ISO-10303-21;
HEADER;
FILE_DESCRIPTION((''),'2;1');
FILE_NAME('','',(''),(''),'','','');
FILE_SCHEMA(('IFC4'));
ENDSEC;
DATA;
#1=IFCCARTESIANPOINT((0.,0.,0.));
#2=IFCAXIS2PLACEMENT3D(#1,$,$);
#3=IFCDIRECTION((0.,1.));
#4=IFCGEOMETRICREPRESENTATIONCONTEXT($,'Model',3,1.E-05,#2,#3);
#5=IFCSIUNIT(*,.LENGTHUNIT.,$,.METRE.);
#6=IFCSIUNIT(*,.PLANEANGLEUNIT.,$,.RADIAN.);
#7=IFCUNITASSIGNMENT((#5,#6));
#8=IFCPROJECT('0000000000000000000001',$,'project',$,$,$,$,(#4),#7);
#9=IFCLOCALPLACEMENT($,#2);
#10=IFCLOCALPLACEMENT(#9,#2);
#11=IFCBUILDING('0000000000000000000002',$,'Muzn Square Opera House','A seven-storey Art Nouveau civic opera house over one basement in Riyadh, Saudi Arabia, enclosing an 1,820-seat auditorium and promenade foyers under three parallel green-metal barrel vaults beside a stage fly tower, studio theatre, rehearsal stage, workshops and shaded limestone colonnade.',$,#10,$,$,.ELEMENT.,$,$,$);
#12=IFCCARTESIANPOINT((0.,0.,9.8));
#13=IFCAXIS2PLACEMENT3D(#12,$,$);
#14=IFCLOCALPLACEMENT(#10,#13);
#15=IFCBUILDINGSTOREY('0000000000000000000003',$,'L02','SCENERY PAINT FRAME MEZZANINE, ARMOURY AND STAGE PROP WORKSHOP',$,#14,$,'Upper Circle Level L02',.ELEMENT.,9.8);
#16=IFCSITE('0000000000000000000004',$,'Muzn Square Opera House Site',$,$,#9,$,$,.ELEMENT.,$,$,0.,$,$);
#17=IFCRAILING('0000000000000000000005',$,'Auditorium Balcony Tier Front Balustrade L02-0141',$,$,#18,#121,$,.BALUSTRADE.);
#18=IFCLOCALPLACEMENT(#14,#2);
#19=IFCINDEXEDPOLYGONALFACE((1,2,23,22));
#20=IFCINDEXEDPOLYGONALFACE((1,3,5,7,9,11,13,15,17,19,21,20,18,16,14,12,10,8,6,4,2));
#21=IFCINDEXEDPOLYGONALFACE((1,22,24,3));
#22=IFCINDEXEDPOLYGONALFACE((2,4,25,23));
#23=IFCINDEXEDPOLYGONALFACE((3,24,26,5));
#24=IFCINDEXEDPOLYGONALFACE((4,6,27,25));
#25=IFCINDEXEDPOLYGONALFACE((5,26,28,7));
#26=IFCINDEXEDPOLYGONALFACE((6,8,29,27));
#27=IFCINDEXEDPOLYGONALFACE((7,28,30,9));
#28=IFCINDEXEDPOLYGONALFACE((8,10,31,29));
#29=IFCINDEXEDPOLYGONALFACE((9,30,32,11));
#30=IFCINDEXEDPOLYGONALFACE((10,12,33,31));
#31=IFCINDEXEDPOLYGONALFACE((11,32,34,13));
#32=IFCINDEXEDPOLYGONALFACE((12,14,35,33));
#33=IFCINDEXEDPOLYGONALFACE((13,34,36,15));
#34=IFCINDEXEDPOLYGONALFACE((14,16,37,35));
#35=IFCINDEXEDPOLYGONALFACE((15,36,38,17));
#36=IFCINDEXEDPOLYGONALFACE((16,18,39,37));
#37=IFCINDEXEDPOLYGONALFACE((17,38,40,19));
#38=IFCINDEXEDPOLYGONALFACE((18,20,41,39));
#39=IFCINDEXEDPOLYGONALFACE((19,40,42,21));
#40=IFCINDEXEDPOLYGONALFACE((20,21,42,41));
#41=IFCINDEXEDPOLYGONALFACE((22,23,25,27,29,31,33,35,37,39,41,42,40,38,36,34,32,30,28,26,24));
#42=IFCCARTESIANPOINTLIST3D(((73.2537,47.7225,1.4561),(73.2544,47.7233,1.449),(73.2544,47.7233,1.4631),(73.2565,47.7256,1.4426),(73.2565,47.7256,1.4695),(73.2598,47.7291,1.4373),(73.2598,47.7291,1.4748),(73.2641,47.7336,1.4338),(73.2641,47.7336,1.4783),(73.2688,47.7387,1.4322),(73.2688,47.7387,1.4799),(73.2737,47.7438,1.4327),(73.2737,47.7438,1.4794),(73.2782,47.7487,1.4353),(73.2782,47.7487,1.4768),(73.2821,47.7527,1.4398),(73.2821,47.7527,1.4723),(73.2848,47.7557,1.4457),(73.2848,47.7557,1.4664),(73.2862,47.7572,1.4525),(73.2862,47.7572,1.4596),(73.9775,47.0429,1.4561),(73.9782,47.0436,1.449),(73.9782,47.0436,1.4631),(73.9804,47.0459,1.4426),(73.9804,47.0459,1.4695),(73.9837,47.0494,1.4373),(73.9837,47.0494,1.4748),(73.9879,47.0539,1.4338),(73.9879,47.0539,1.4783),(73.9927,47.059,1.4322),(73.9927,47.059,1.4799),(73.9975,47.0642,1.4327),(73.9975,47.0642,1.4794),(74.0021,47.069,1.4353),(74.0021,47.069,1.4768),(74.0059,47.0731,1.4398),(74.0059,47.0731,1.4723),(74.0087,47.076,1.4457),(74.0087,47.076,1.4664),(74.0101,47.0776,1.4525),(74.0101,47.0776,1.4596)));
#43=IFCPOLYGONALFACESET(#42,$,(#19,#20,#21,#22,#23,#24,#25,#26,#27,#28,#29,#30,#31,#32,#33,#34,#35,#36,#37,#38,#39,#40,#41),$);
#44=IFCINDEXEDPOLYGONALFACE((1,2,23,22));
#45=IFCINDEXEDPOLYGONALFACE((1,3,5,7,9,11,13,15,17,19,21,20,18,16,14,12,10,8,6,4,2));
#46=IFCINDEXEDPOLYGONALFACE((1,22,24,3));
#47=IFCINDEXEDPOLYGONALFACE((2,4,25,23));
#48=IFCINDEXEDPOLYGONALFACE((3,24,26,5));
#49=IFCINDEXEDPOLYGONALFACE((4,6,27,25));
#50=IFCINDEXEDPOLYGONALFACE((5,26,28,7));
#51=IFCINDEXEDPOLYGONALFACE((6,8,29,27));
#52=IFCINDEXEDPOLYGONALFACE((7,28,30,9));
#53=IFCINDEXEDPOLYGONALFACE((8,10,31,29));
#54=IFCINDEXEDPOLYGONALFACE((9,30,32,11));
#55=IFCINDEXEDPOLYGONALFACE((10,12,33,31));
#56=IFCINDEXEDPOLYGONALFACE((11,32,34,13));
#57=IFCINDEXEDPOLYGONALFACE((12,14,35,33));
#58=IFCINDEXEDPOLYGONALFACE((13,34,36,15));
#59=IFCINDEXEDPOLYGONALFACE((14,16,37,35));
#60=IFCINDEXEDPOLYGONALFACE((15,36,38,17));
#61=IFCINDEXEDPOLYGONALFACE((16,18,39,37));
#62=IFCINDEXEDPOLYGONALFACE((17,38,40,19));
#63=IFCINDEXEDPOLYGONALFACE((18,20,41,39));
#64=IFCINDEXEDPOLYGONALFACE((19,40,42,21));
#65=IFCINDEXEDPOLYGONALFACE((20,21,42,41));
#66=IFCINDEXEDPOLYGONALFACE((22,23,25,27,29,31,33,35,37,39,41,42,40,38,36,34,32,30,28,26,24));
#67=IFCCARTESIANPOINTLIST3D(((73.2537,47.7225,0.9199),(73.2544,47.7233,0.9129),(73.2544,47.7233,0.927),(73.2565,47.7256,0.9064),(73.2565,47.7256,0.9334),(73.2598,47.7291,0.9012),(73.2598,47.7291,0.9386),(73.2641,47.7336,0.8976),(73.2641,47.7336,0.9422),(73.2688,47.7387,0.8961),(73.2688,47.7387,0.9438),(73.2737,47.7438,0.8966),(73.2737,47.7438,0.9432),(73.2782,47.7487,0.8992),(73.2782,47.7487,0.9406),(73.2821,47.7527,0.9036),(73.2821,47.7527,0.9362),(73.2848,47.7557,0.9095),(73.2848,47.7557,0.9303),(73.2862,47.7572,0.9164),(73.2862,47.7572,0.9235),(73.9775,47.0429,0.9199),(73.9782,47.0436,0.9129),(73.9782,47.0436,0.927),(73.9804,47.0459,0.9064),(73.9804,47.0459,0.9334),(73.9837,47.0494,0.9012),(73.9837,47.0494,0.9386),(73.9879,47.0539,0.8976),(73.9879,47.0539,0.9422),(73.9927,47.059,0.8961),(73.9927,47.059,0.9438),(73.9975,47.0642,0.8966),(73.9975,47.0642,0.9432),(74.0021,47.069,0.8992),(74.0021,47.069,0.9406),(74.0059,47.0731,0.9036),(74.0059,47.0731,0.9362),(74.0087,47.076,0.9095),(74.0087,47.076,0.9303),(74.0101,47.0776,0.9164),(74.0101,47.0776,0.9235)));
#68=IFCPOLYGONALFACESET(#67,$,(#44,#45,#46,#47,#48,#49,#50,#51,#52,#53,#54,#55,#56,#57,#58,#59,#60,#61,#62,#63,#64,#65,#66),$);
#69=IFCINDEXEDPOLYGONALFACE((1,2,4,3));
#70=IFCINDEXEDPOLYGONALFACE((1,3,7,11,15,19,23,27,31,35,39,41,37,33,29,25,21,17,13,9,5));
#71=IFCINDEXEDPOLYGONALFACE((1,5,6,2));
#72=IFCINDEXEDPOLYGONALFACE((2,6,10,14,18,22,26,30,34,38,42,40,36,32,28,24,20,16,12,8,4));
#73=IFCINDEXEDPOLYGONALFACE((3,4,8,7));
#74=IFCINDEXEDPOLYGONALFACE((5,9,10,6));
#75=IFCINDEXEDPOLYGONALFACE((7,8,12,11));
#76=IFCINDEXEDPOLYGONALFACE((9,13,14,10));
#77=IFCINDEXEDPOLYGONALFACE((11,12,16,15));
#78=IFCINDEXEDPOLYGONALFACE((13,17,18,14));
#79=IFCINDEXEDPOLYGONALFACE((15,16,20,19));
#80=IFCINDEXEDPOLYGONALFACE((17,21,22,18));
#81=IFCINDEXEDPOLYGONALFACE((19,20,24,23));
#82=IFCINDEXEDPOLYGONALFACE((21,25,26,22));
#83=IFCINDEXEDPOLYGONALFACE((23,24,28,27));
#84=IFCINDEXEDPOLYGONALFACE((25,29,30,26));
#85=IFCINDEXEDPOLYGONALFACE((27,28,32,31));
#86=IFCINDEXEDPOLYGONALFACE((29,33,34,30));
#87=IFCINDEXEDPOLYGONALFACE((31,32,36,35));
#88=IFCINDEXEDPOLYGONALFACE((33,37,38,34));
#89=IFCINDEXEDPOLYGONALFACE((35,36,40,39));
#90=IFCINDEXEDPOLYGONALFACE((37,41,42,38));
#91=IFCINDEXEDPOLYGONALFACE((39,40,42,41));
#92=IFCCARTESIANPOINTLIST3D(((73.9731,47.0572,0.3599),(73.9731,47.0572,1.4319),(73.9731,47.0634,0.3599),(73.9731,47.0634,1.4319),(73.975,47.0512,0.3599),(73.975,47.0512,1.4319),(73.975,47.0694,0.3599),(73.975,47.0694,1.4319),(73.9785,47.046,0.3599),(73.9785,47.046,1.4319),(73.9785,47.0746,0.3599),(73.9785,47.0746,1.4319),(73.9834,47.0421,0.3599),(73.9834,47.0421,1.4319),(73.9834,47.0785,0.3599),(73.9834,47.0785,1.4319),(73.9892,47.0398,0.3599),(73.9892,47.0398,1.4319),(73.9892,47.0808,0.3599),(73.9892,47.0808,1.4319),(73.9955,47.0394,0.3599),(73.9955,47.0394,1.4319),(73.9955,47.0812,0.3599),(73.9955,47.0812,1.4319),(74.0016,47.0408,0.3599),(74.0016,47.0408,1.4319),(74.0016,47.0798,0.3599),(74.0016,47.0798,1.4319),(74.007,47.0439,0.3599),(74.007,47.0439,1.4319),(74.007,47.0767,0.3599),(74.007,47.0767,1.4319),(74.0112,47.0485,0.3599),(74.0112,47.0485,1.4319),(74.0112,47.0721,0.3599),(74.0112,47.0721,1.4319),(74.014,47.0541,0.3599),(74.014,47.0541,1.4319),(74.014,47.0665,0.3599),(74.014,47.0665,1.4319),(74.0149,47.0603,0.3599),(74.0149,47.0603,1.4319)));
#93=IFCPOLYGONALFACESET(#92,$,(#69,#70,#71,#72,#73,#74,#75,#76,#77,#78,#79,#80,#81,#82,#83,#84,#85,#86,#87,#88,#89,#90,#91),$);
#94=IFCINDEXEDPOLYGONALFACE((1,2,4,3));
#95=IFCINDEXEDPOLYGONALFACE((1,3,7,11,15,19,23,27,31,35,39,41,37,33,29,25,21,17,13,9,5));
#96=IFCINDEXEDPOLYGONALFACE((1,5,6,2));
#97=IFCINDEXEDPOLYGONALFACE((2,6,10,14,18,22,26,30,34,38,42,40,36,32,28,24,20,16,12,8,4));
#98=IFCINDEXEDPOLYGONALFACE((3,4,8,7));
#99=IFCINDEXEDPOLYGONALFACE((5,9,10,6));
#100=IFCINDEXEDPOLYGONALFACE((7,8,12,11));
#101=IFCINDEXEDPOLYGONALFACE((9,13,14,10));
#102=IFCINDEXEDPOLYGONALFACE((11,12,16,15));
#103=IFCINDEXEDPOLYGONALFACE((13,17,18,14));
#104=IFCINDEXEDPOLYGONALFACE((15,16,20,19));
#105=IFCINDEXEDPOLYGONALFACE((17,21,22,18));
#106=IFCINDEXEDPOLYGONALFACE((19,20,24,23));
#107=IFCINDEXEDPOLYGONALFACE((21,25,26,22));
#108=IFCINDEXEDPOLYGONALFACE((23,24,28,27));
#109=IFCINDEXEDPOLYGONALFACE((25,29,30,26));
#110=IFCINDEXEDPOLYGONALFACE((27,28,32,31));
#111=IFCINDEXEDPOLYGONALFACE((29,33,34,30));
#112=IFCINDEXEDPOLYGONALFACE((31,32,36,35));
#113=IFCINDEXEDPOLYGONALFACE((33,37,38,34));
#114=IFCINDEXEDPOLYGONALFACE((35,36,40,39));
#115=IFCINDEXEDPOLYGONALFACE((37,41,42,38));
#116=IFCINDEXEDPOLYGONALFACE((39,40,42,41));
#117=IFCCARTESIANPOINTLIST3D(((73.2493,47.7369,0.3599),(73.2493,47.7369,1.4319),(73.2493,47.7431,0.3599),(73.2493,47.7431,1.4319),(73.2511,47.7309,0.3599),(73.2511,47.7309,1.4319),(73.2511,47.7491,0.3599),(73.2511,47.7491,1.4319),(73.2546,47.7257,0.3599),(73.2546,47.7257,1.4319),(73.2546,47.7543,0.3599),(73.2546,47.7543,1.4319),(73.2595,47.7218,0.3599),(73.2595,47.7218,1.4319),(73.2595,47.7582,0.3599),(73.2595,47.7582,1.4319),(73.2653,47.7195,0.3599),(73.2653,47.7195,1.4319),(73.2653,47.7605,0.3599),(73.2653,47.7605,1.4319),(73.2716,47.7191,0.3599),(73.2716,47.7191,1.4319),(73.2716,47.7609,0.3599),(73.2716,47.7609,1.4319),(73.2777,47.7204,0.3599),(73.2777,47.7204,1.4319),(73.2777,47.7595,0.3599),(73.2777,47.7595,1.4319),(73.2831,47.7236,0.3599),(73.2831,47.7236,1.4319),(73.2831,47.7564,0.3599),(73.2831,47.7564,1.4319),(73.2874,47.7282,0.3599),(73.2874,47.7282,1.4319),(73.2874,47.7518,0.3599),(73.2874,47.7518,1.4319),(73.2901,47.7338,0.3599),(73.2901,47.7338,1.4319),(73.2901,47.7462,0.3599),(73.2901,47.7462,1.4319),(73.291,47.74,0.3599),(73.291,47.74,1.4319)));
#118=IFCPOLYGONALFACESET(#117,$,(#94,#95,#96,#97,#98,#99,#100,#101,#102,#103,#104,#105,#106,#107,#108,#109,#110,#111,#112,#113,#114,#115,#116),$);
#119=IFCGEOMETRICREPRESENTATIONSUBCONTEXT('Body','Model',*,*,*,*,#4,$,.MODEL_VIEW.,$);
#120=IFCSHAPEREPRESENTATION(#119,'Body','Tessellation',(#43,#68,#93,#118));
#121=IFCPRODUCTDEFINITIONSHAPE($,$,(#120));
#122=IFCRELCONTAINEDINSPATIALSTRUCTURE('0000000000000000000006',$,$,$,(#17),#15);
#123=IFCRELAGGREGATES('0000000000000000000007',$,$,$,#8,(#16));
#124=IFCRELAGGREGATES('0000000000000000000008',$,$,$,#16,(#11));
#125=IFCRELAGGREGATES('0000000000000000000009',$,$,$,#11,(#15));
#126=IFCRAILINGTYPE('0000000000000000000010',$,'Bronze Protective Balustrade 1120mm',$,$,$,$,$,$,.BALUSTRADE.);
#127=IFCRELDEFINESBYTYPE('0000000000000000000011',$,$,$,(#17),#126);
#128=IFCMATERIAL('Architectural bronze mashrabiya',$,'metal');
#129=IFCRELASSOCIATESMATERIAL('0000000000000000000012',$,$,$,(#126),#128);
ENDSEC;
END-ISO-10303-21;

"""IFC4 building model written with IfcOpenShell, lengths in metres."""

from ifc_helpers import new_model, si_unit, direction, frame, origin, origin_2d, place, context, subcontext, project, spatial, circle, extrude, material, type_object, element, save


model = new_model("IFC4")

# Units and contexts
model_context = context("Model", 3, precision=1e-05, world=origin(), true_north=direction((0.0, 1.0)))
body_context = subcontext(model_context, "Body", "Model", "MODEL_VIEW")
ifc_project = project(units=[si_unit("LENGTHUNIT", "METRE"), si_unit("PLANEANGLEUNIT", "RADIAN")], contexts=[model_context])

# Site, building, storey
site_placement = place(None, origin())
site = spatial("IfcSite", under=ifc_project, at=site_placement, Name="Muzn Square Opera House Site", CompositionType="ELEMENT", RefElevation=0.0)
building_placement = place(site_placement, origin())
building = spatial("IfcBuilding", under=site, at=building_placement, Name="Muzn Square Opera House", Description="A seven-storey Art Nouveau civic opera house over one basement in Riyadh, Saudi Arabia, enclosing an 1,820-seat auditorium and promenade foyers under three parallel green-metal barrel vaults beside a stage fly tower, studio theatre, rehearsal stage, workshops and shaded limestone colonnade.", CompositionType="ELEMENT")
storey_placement = place(building_placement, frame((0.0, 0.0, 9.8)))
storey = spatial("IfcBuildingStorey", under=building, at=storey_placement, Name="L02", Description="SCENERY PAINT FRAME MEZZANINE, ARMOURY AND STAGE PROP WORKSHOP", LongName="Upper Circle Level L02", CompositionType="ELEMENT", Elevation=9.8)

# Railing
ifc_material_1 = material(Name="Architectural bronze mashrabiya", Category="metal")
railing_type = type_object("IfcRailingType", Name="Bronze Protective Balustrade 1120mm", PredefinedType="BALUSTRADE", material=ifc_material_1)
railing_1_placement = place(storey_placement, frame((73.9939, 47.0603, 0.3599)))
element("IfcRailing", 1, at=railing_1_placement, inside=storey, type_object=railing_type, Name="Auditorium Balcony Tier Front Balustrade L02-0141", PredefinedType="BALUSTRADE", context=body_context, shape_type="SweptSolid", body=[
    extrude(circle(Radius=0.0239, at=origin_2d()), frame((0.0, 0.0, 1.0962), z_axis=(-0.729008, 0.684505, 0.0), x_axis=(-0.684505, -0.729008, 0.0)), (0.0, 0.0, 1.0), 0.9929),
    extrude(circle(Radius=0.0239, at=origin_2d()), frame((0.0, 0.0, 0.5601), z_axis=(-0.729008, 0.684505, 0.0), x_axis=(-0.684505, -0.729008, 0.0)), (0.0, 0.0, 1.0), 0.9929),
    extrude(circle(Radius=0.021, at=origin_2d()), origin(), (0.0, 0.0, 1.0), 1.072),
    extrude(circle(Radius=0.021, at=origin_2d()), frame((-0.7239, 0.6797, 0.0)), (0.0, 0.0, 1.0), 1.072),
])

save(model, "model.ifc")
